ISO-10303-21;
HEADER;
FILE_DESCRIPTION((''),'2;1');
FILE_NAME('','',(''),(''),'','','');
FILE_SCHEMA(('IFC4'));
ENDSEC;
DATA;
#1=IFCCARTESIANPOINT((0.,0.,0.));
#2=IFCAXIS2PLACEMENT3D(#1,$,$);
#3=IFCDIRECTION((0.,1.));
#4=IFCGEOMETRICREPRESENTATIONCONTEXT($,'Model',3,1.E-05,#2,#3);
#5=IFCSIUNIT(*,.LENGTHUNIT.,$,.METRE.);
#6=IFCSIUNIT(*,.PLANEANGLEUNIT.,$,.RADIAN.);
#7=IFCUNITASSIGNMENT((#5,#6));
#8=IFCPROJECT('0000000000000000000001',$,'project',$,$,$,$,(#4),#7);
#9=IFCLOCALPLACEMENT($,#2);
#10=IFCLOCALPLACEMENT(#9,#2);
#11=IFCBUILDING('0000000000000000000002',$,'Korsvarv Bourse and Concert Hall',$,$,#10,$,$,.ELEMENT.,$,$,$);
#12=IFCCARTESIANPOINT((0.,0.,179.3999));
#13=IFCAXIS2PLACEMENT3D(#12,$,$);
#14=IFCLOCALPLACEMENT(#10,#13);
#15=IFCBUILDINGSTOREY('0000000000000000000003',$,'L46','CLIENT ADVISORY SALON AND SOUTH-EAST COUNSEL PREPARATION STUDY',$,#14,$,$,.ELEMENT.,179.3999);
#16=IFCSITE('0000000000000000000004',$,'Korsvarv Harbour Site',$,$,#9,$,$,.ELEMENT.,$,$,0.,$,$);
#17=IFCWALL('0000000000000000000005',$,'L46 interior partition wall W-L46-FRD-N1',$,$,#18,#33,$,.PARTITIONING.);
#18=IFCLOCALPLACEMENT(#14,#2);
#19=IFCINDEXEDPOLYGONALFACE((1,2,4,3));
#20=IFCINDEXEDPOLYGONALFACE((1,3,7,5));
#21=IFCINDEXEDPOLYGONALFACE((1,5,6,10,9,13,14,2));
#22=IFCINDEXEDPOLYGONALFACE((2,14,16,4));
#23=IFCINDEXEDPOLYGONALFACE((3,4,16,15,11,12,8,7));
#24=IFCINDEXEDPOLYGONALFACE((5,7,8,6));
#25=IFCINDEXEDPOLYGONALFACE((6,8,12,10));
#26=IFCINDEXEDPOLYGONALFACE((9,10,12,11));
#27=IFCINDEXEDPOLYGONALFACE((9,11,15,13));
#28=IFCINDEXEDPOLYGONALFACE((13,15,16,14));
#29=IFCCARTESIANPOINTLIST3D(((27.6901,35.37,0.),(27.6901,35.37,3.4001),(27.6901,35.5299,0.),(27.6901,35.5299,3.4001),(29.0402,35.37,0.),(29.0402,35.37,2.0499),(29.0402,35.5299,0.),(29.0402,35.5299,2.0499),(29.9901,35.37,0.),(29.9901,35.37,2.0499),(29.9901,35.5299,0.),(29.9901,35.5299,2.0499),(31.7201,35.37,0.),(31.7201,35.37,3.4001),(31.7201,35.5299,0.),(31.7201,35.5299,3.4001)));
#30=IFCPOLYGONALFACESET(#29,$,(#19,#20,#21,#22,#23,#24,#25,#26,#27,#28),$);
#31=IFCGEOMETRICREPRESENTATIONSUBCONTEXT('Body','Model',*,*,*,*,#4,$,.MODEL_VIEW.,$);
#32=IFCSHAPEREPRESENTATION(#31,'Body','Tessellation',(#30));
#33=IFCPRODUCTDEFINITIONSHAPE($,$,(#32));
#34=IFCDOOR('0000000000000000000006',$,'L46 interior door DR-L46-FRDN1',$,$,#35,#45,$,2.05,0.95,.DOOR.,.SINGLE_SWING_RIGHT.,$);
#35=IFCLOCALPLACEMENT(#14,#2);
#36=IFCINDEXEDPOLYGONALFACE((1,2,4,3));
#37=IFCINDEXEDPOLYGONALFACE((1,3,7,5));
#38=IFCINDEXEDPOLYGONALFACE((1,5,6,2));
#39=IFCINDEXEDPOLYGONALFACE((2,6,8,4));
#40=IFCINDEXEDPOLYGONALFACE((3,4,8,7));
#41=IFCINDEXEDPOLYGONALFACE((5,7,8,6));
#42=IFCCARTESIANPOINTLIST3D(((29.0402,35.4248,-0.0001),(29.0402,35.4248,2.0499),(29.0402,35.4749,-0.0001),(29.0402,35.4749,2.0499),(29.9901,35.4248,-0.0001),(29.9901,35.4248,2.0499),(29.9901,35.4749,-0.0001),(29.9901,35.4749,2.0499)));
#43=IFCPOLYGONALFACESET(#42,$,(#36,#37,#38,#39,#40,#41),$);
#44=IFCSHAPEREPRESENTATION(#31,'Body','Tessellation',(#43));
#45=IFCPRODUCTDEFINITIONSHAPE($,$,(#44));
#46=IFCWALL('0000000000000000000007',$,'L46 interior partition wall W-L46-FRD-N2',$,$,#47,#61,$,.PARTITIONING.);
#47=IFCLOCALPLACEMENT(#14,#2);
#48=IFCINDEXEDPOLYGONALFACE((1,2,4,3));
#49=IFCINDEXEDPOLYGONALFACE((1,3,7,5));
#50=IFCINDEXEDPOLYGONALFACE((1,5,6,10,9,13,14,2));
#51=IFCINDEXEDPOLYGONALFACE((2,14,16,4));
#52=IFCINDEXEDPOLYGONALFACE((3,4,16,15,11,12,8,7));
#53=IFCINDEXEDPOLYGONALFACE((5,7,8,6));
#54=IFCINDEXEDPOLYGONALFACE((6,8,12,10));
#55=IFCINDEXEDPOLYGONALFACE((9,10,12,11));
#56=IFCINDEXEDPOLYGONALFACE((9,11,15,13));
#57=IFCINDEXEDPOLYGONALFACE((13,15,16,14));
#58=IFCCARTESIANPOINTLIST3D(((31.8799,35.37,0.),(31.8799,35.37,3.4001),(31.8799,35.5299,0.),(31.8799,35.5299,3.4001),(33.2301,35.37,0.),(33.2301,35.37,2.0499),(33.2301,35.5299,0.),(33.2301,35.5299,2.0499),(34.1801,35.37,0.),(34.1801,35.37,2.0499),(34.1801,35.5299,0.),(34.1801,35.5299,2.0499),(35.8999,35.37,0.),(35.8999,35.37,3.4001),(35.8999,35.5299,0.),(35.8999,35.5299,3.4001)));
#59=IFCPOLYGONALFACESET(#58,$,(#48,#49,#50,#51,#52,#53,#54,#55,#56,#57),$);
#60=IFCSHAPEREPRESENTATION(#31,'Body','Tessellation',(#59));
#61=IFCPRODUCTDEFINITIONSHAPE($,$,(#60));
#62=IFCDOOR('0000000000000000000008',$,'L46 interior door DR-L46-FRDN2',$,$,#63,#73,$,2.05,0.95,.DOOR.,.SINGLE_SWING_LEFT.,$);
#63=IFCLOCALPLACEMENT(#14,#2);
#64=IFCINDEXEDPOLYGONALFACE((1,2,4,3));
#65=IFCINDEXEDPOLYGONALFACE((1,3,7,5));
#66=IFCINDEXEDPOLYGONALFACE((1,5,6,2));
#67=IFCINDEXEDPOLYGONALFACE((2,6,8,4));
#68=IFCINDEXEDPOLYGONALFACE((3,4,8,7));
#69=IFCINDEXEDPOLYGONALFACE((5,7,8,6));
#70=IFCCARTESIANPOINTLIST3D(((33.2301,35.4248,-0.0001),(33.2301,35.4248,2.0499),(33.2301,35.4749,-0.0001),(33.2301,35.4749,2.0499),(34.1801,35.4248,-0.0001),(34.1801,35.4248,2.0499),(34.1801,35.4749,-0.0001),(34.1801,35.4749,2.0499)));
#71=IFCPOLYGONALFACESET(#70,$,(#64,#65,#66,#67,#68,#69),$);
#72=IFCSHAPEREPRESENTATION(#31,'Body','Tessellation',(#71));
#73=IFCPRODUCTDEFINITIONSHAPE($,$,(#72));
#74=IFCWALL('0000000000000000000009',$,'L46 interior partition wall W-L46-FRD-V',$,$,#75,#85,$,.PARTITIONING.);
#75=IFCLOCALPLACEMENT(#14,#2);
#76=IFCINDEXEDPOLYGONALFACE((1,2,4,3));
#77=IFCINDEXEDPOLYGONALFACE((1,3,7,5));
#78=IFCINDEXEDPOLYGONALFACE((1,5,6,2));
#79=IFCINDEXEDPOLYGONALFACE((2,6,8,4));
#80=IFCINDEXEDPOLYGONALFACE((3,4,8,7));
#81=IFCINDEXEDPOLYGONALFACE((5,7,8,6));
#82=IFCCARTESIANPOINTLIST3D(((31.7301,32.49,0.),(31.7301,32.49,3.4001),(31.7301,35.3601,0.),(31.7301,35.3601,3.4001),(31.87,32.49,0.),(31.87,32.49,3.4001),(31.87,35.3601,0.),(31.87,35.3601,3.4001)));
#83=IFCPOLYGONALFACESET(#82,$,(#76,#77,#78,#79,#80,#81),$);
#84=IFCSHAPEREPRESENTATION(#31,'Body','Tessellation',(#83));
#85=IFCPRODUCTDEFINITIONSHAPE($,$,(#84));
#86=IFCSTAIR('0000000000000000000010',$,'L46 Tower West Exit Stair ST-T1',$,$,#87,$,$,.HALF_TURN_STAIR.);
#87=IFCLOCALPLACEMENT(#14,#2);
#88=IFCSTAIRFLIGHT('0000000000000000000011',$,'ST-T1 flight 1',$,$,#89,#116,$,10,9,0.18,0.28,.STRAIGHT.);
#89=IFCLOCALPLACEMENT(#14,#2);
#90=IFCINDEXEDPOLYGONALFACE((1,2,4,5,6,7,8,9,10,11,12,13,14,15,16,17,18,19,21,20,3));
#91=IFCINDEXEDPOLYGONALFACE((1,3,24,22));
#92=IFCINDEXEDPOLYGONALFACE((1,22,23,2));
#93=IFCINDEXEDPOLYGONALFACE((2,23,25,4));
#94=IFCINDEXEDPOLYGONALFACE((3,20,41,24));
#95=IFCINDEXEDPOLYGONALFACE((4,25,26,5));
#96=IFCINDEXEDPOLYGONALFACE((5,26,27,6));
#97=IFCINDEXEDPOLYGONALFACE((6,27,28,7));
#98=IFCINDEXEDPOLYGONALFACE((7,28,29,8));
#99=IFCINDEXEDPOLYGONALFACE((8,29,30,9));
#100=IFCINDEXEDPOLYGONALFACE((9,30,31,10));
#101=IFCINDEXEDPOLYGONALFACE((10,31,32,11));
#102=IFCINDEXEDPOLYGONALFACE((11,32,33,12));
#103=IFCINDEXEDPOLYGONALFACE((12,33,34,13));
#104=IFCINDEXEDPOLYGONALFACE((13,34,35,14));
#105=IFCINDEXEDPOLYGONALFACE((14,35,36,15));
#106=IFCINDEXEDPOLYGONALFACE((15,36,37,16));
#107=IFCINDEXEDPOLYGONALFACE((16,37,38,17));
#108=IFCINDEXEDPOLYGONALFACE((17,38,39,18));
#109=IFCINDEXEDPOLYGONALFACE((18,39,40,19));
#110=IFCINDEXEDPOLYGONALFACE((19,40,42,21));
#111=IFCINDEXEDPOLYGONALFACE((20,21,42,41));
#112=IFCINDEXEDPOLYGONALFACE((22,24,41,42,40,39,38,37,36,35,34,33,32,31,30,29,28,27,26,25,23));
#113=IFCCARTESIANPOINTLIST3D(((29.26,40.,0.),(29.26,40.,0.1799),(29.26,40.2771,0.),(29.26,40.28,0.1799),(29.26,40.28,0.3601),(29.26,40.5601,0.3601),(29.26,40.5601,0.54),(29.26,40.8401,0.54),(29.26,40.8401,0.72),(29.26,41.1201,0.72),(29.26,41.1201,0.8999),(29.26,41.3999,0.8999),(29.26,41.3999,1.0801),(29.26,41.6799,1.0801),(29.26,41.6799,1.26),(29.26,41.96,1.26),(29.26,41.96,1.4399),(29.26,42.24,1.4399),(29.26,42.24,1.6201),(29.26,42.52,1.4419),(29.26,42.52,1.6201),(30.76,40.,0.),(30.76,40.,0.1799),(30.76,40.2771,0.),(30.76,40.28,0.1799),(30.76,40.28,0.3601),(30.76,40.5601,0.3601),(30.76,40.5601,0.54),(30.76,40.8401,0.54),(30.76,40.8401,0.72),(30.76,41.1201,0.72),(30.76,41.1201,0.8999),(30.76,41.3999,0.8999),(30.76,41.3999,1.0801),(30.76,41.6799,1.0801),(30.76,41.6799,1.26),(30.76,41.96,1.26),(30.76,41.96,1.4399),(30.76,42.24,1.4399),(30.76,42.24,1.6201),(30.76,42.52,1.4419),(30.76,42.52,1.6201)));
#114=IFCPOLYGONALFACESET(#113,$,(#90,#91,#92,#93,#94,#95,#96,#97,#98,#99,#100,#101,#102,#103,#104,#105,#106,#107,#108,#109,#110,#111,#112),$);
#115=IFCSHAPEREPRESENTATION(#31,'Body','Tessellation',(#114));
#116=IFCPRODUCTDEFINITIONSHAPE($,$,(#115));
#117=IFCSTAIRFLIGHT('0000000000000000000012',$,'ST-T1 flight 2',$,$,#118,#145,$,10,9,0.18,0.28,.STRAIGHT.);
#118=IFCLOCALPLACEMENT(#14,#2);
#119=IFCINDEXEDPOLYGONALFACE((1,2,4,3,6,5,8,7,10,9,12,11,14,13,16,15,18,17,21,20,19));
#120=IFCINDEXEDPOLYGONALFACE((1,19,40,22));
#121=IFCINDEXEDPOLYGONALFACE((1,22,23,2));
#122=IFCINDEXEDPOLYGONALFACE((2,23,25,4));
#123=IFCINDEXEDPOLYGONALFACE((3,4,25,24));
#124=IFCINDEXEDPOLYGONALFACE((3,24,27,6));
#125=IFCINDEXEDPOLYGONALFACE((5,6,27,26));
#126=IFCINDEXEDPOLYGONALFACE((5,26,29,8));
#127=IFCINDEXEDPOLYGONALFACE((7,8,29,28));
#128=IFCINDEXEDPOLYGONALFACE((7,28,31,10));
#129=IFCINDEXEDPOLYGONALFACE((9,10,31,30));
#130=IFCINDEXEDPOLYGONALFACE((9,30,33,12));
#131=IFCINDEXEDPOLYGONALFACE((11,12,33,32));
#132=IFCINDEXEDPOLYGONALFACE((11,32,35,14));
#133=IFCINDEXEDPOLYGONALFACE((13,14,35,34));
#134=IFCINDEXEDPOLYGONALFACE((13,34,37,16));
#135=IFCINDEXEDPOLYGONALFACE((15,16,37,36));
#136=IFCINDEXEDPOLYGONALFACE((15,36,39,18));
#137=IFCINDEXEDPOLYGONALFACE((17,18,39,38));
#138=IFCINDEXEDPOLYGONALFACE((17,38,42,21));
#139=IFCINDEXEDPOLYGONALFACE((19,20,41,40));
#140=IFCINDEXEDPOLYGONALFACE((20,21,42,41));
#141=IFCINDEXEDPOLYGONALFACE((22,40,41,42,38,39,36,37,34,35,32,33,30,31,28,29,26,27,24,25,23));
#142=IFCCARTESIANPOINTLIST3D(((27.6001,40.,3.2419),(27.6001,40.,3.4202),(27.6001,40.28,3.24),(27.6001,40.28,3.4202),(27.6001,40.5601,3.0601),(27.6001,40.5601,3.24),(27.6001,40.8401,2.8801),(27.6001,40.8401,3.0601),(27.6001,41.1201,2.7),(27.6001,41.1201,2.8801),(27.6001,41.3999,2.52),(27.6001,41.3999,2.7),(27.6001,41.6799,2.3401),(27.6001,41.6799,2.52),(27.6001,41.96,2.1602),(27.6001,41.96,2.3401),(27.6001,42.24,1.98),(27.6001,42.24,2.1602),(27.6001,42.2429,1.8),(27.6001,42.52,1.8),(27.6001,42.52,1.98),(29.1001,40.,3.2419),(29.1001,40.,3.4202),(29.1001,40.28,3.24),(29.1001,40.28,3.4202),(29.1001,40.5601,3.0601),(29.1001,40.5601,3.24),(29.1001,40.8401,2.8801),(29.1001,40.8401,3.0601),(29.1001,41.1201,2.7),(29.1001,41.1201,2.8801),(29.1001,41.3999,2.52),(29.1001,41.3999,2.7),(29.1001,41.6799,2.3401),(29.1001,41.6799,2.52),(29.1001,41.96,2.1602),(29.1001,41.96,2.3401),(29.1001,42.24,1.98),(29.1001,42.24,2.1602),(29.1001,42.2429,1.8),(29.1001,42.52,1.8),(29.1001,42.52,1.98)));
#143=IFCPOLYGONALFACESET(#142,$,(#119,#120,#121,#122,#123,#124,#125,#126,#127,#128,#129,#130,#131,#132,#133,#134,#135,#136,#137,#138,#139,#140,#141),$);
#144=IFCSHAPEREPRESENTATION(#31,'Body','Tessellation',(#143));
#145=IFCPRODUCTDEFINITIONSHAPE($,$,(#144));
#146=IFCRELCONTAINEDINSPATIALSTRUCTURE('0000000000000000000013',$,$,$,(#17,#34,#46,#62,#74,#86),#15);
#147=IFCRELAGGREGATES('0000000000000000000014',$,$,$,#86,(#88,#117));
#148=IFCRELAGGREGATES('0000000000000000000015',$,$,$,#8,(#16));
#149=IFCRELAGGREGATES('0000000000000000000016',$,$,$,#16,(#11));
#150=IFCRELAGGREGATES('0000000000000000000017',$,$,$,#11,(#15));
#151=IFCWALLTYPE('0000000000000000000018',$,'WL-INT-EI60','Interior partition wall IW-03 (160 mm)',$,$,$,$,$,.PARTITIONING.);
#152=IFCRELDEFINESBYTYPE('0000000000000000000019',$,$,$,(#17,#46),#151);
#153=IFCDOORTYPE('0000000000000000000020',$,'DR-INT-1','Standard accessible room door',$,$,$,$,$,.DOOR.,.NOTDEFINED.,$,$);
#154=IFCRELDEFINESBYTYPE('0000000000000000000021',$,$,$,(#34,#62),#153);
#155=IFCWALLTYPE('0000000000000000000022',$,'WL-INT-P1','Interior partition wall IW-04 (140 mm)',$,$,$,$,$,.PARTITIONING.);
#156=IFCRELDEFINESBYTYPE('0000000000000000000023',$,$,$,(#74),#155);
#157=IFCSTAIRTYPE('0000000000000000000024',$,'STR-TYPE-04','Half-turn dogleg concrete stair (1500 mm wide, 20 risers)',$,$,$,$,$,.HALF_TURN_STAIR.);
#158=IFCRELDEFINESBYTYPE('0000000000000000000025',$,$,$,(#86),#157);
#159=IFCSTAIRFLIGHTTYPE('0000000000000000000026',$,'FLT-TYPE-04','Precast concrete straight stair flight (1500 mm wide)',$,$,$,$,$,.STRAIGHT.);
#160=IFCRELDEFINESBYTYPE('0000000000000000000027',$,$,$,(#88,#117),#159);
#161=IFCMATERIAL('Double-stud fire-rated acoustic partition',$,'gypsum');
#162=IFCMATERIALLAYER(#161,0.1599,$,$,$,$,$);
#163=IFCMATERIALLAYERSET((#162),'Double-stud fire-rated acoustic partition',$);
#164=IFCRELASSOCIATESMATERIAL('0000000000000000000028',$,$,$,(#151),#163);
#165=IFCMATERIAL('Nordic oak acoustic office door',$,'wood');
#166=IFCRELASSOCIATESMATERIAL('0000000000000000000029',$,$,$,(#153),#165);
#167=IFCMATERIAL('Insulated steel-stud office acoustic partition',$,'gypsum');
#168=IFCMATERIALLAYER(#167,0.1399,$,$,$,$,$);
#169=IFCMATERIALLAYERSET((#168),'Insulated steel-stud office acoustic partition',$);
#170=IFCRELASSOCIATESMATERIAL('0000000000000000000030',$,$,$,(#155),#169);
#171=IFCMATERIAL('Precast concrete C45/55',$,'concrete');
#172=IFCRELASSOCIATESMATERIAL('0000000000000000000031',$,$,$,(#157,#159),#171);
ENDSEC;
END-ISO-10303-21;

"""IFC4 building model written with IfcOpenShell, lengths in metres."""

from ifc_helpers import new_model, si_unit, direction, frame, frame_2d, origin, place, context, subcontext, project, spatial, polyline, rectangle, outline, extrude, material, layer, layer_set, type_object, element, fill, aggregate, save


model = new_model("IFC4")

# Units and contexts
model_context = context("Model", 3, precision=1e-05, world=origin(), true_north=direction((0.0, 1.0)))
body_context = subcontext(model_context, "Body", "Model", "MODEL_VIEW")
ifc_project = project(units=[si_unit("LENGTHUNIT", "METRE"), si_unit("PLANEANGLEUNIT", "RADIAN")], contexts=[model_context])

# Site, building, storey
site_placement = place(None, origin())
site = spatial("IfcSite", under=ifc_project, at=site_placement, Name="Korsvarv Harbour Site", CompositionType="ELEMENT", RefElevation=0.0)
building_placement = place(site_placement, origin())
building = spatial("IfcBuilding", under=site, at=building_placement, Name="Korsvarv Bourse and Concert Hall", CompositionType="ELEMENT")
storey_placement = place(building_placement, frame((0.0, 0.0, 179.3999)))
storey = spatial("IfcBuildingStorey", under=building, at=storey_placement, Name="L46", Description="CLIENT ADVISORY SALON AND SOUTH-EAST COUNSEL PREPARATION STUDY", CompositionType="ELEMENT", Elevation=179.3999)

# Shared definitions
ifc_material_1 = material(Name="Double-stud fire-rated acoustic partition", Category="gypsum")
ifc_layer_1 = layer(ifc_material_1, 0.1599)
ifc_layer_set_1 = layer_set([ifc_layer_1], Name="Double-stud fire-rated acoustic partition")
wall_type_1 = type_object("IfcWallType", Name="WL-INT-EI60", Description="Interior partition wall IW-03 (160 mm)", PredefinedType="PARTITIONING", material=ifc_layer_set_1)

# Walls, openings, doors
wall_1_placement = place(storey_placement, frame((27.6899, 35.45, 0.0), z_axis=(0.0, 0.0, 1.0), x_axis=(1.0, 0.0, 0.0)))
wall_1 = element("IfcWall", 1, at=wall_1_placement, inside=storey, type_object=wall_type_1, Name="L46 interior partition wall W-L46-FRD-N1", PredefinedType="PARTITIONING", context=body_context, shape_type="SweptSolid", body=[
    extrude(rectangle(XDim=4.03, YDim=0.1599, at=frame_2d((2.0151, 0.0))), origin(), (0.0, 0.0, 1.0), 3.4001),
])
opening_1_placement = place(wall_1_placement, frame((1.3501, 0.0, 0.0)))
opening_1 = element("IfcOpeningElement", 2, at=opening_1_placement, cuts=wall_1, PredefinedType="OPENING", context=body_context, shape_type="SweptSolid", body=[
    extrude(rectangle(XDim=0.95, YDim=2.05, at=frame_2d((0.4751, 1.0249))), frame((0.0, 0.0898, 0.0), z_axis=(0.0, -1.0, 0.0), x_axis=(1.0, 0.0, 0.0)), (0.0, 0.0, 1.0), 0.1799),
])
ifc_material_2 = material(Name="Nordic oak acoustic office door", Category="wood")
door_type_1 = type_object("IfcDoorType", Name="DR-INT-1", Description="Standard accessible room door", OperationType="NOTDEFINED", PredefinedType="DOOR", material=ifc_material_2)
door_1_placement = place(opening_1_placement, origin())
door_1 = element("IfcDoor", 3, at=door_1_placement, inside=storey, type_object=door_type_1, Name="L46 interior door DR-L46-FRDN1", OperationType="SINGLE_SWING_RIGHT", OverallHeight=2.05, OverallWidth=0.95, PredefinedType="DOOR", context=body_context, shape_type="SweptSolid", body=[
    extrude(rectangle(XDim=0.95, YDim=2.05, at=frame_2d((0.4751, 1.0249))), frame((0.0, 0.0249, 0.0), z_axis=(0.0, -1.0, 0.0), x_axis=(1.0, 0.0, 0.0)), (0.0, 0.0, 1.0), 0.05),
])
fill(opening_1, door_1)
wall_2_placement = place(storey_placement, frame((31.8799, 35.45, 0.0), z_axis=(0.0, 0.0, 1.0), x_axis=(1.0, 0.0, 0.0)))
wall_2 = element("IfcWall", 4, at=wall_2_placement, inside=storey, type_object=wall_type_1, Name="L46 interior partition wall W-L46-FRD-N2", PredefinedType="PARTITIONING", context=body_context, shape_type="SweptSolid", body=[
    extrude(rectangle(XDim=4.02, YDim=0.1599, at=frame_2d((2.01, 0.0))), origin(), (0.0, 0.0, 1.0), 3.4001),
])
opening_2_placement = place(wall_2_placement, frame((1.3501, 0.0, 0.0)))
opening_2 = element("IfcOpeningElement", 5, at=opening_2_placement, cuts=wall_2, PredefinedType="OPENING", context=body_context, shape_type="SweptSolid", body=[
    extrude(rectangle(XDim=0.95, YDim=2.05, at=frame_2d((0.4751, 1.0249))), frame((0.0, 0.0898, 0.0), z_axis=(0.0, -1.0, 0.0), x_axis=(1.0, 0.0, 0.0)), (0.0, 0.0, 1.0), 0.1799),
])
door_2_placement = place(opening_2_placement, origin())
door_2 = element("IfcDoor", 6, at=door_2_placement, inside=storey, type_object=door_type_1, Name="L46 interior door DR-L46-FRDN2", OperationType="SINGLE_SWING_LEFT", OverallHeight=2.05, OverallWidth=0.95, PredefinedType="DOOR", context=body_context, shape_type="SweptSolid", body=[
    extrude(rectangle(XDim=0.95, YDim=2.05, at=frame_2d((0.4751, 1.0249))), frame((0.0, 0.0249, 0.0), z_axis=(0.0, -1.0, 0.0), x_axis=(1.0, 0.0, 0.0)), (0.0, 0.0, 1.0), 0.05),
])
fill(opening_2, door_2)

# Wall
ifc_material_3 = material(Name="Insulated steel-stud office acoustic partition", Category="gypsum")
ifc_layer_2 = layer(ifc_material_3, 0.1399)
ifc_layer_set_2 = layer_set([ifc_layer_2], Name="Insulated steel-stud office acoustic partition")
wall_type_2 = type_object("IfcWallType", Name="WL-INT-P1", Description="Interior partition wall IW-04 (140 mm)", PredefinedType="PARTITIONING", material=ifc_layer_set_2)
wall_3_placement = place(storey_placement, frame((31.8, 32.49, 0.0), z_axis=(0.0, 0.0, 1.0), x_axis=(0.0, 1.0, 0.0)))
element("IfcWall", 7, at=wall_3_placement, inside=storey, type_object=wall_type_2, Name="L46 interior partition wall W-L46-FRD-V", PredefinedType="PARTITIONING", context=body_context, shape_type="SweptSolid", body=[
    extrude(rectangle(XDim=2.8701, YDim=0.1399, at=frame_2d((1.4351, 0.0))), origin(), (0.0, 0.0, 1.0), 3.4001),
])

# Stair, stair flights
ifc_material_4 = material(Name="Precast concrete C45/55", Category="concrete")
stair_type = type_object("IfcStairType", Name="STR-TYPE-04", Description="Half-turn dogleg concrete stair (1500 mm wide, 20 risers)", PredefinedType="HALF_TURN_STAIR", material=ifc_material_4)
stair_placement = place(storey_placement, origin())
stair = element("IfcStair", 8, at=stair_placement, inside=storey, type_object=stair_type, Name="L46 Tower West Exit Stair ST-T1", PredefinedType="HALF_TURN_STAIR")
stair_flight_type = type_object("IfcStairFlightType", Name="FLT-TYPE-04", Description="Precast concrete straight stair flight (1500 mm wide)", PredefinedType="STRAIGHT", material=ifc_material_4)
stair_flight_1_placement = place(storey_placement, frame((30.01, 40.0, 0.0), z_axis=(0.0, 0.0, 1.0), x_axis=(0.0, 1.0, 0.0)))
stair_flight_1 = element("IfcStairFlight", 9, at=stair_flight_1_placement, type_object=stair_flight_type, Name="ST-T1 flight 1", NumberOfRisers=10, NumberOfTreads=9, PredefinedType="STRAIGHT", RiserHeight=0.18, TreadLength=0.28, context=body_context, shape_type="SweptSolid", body=[
    extrude(outline(polyline([(0.0, 0.0), (0.0, 0.1799), (0.28, 0.1799), (0.28, 0.3601), (0.5601, 0.3601), (0.5601, 0.54), (0.8401, 0.54), (0.8401, 0.72), (1.1201, 0.72), (1.1201, 0.8999), (1.3999, 0.8999), (1.3999, 1.0801), (1.6799, 1.0801), (1.6799, 1.26), (1.96, 1.26), (1.96, 1.4399), (2.24, 1.4399), (2.24, 1.6201), (2.52, 1.6201), (2.52, 1.8), (2.52, 1.4419), (0.2771, 0.0), (0.0, 0.0)])), frame((0.0, 0.75, 0.0), z_axis=(0.0, -1.0, 0.0), x_axis=(1.0, 0.0, 0.0)), (0.0, 0.0, 1.0), 1.5),
])
stair_flight_2_placement = place(storey_placement, frame((28.3501, 42.52, 1.8), z_axis=(0.0, 0.0, 1.0), x_axis=(0.0, -1.0, 0.0)))
stair_flight_2 = element("IfcStairFlight", 10, at=stair_flight_2_placement, type_object=stair_flight_type, Name="ST-T1 flight 2", NumberOfRisers=10, NumberOfTreads=9, PredefinedType="STRAIGHT", RiserHeight=0.18, TreadLength=0.28, context=body_context, shape_type="SweptSolid", body=[
    extrude(outline(polyline([(0.0, 0.0), (0.0, 0.1799), (0.28, 0.1799), (0.28, 0.3601), (0.5601, 0.3601), (0.5601, 0.54), (0.8401, 0.54), (0.8401, 0.72), (1.1201, 0.72), (1.1201, 0.8999), (1.3999, 0.8999), (1.3999, 1.0801), (1.6799, 1.0801), (1.6799, 1.26), (1.96, 1.26), (1.96, 1.4399), (2.24, 1.4399), (2.24, 1.6201), (2.52, 1.6201), (2.52, 1.8), (2.52, 1.4419), (0.2771, 0.0), (0.0, 0.0)])), frame((0.0, 0.75, 0.0), z_axis=(0.0, -1.0, 0.0), x_axis=(1.0, 0.0, 0.0)), (0.0, 0.0, 1.0), 1.5),
])
aggregate(stair, [stair_flight_1, stair_flight_2])

save(model, "model.ifc")
